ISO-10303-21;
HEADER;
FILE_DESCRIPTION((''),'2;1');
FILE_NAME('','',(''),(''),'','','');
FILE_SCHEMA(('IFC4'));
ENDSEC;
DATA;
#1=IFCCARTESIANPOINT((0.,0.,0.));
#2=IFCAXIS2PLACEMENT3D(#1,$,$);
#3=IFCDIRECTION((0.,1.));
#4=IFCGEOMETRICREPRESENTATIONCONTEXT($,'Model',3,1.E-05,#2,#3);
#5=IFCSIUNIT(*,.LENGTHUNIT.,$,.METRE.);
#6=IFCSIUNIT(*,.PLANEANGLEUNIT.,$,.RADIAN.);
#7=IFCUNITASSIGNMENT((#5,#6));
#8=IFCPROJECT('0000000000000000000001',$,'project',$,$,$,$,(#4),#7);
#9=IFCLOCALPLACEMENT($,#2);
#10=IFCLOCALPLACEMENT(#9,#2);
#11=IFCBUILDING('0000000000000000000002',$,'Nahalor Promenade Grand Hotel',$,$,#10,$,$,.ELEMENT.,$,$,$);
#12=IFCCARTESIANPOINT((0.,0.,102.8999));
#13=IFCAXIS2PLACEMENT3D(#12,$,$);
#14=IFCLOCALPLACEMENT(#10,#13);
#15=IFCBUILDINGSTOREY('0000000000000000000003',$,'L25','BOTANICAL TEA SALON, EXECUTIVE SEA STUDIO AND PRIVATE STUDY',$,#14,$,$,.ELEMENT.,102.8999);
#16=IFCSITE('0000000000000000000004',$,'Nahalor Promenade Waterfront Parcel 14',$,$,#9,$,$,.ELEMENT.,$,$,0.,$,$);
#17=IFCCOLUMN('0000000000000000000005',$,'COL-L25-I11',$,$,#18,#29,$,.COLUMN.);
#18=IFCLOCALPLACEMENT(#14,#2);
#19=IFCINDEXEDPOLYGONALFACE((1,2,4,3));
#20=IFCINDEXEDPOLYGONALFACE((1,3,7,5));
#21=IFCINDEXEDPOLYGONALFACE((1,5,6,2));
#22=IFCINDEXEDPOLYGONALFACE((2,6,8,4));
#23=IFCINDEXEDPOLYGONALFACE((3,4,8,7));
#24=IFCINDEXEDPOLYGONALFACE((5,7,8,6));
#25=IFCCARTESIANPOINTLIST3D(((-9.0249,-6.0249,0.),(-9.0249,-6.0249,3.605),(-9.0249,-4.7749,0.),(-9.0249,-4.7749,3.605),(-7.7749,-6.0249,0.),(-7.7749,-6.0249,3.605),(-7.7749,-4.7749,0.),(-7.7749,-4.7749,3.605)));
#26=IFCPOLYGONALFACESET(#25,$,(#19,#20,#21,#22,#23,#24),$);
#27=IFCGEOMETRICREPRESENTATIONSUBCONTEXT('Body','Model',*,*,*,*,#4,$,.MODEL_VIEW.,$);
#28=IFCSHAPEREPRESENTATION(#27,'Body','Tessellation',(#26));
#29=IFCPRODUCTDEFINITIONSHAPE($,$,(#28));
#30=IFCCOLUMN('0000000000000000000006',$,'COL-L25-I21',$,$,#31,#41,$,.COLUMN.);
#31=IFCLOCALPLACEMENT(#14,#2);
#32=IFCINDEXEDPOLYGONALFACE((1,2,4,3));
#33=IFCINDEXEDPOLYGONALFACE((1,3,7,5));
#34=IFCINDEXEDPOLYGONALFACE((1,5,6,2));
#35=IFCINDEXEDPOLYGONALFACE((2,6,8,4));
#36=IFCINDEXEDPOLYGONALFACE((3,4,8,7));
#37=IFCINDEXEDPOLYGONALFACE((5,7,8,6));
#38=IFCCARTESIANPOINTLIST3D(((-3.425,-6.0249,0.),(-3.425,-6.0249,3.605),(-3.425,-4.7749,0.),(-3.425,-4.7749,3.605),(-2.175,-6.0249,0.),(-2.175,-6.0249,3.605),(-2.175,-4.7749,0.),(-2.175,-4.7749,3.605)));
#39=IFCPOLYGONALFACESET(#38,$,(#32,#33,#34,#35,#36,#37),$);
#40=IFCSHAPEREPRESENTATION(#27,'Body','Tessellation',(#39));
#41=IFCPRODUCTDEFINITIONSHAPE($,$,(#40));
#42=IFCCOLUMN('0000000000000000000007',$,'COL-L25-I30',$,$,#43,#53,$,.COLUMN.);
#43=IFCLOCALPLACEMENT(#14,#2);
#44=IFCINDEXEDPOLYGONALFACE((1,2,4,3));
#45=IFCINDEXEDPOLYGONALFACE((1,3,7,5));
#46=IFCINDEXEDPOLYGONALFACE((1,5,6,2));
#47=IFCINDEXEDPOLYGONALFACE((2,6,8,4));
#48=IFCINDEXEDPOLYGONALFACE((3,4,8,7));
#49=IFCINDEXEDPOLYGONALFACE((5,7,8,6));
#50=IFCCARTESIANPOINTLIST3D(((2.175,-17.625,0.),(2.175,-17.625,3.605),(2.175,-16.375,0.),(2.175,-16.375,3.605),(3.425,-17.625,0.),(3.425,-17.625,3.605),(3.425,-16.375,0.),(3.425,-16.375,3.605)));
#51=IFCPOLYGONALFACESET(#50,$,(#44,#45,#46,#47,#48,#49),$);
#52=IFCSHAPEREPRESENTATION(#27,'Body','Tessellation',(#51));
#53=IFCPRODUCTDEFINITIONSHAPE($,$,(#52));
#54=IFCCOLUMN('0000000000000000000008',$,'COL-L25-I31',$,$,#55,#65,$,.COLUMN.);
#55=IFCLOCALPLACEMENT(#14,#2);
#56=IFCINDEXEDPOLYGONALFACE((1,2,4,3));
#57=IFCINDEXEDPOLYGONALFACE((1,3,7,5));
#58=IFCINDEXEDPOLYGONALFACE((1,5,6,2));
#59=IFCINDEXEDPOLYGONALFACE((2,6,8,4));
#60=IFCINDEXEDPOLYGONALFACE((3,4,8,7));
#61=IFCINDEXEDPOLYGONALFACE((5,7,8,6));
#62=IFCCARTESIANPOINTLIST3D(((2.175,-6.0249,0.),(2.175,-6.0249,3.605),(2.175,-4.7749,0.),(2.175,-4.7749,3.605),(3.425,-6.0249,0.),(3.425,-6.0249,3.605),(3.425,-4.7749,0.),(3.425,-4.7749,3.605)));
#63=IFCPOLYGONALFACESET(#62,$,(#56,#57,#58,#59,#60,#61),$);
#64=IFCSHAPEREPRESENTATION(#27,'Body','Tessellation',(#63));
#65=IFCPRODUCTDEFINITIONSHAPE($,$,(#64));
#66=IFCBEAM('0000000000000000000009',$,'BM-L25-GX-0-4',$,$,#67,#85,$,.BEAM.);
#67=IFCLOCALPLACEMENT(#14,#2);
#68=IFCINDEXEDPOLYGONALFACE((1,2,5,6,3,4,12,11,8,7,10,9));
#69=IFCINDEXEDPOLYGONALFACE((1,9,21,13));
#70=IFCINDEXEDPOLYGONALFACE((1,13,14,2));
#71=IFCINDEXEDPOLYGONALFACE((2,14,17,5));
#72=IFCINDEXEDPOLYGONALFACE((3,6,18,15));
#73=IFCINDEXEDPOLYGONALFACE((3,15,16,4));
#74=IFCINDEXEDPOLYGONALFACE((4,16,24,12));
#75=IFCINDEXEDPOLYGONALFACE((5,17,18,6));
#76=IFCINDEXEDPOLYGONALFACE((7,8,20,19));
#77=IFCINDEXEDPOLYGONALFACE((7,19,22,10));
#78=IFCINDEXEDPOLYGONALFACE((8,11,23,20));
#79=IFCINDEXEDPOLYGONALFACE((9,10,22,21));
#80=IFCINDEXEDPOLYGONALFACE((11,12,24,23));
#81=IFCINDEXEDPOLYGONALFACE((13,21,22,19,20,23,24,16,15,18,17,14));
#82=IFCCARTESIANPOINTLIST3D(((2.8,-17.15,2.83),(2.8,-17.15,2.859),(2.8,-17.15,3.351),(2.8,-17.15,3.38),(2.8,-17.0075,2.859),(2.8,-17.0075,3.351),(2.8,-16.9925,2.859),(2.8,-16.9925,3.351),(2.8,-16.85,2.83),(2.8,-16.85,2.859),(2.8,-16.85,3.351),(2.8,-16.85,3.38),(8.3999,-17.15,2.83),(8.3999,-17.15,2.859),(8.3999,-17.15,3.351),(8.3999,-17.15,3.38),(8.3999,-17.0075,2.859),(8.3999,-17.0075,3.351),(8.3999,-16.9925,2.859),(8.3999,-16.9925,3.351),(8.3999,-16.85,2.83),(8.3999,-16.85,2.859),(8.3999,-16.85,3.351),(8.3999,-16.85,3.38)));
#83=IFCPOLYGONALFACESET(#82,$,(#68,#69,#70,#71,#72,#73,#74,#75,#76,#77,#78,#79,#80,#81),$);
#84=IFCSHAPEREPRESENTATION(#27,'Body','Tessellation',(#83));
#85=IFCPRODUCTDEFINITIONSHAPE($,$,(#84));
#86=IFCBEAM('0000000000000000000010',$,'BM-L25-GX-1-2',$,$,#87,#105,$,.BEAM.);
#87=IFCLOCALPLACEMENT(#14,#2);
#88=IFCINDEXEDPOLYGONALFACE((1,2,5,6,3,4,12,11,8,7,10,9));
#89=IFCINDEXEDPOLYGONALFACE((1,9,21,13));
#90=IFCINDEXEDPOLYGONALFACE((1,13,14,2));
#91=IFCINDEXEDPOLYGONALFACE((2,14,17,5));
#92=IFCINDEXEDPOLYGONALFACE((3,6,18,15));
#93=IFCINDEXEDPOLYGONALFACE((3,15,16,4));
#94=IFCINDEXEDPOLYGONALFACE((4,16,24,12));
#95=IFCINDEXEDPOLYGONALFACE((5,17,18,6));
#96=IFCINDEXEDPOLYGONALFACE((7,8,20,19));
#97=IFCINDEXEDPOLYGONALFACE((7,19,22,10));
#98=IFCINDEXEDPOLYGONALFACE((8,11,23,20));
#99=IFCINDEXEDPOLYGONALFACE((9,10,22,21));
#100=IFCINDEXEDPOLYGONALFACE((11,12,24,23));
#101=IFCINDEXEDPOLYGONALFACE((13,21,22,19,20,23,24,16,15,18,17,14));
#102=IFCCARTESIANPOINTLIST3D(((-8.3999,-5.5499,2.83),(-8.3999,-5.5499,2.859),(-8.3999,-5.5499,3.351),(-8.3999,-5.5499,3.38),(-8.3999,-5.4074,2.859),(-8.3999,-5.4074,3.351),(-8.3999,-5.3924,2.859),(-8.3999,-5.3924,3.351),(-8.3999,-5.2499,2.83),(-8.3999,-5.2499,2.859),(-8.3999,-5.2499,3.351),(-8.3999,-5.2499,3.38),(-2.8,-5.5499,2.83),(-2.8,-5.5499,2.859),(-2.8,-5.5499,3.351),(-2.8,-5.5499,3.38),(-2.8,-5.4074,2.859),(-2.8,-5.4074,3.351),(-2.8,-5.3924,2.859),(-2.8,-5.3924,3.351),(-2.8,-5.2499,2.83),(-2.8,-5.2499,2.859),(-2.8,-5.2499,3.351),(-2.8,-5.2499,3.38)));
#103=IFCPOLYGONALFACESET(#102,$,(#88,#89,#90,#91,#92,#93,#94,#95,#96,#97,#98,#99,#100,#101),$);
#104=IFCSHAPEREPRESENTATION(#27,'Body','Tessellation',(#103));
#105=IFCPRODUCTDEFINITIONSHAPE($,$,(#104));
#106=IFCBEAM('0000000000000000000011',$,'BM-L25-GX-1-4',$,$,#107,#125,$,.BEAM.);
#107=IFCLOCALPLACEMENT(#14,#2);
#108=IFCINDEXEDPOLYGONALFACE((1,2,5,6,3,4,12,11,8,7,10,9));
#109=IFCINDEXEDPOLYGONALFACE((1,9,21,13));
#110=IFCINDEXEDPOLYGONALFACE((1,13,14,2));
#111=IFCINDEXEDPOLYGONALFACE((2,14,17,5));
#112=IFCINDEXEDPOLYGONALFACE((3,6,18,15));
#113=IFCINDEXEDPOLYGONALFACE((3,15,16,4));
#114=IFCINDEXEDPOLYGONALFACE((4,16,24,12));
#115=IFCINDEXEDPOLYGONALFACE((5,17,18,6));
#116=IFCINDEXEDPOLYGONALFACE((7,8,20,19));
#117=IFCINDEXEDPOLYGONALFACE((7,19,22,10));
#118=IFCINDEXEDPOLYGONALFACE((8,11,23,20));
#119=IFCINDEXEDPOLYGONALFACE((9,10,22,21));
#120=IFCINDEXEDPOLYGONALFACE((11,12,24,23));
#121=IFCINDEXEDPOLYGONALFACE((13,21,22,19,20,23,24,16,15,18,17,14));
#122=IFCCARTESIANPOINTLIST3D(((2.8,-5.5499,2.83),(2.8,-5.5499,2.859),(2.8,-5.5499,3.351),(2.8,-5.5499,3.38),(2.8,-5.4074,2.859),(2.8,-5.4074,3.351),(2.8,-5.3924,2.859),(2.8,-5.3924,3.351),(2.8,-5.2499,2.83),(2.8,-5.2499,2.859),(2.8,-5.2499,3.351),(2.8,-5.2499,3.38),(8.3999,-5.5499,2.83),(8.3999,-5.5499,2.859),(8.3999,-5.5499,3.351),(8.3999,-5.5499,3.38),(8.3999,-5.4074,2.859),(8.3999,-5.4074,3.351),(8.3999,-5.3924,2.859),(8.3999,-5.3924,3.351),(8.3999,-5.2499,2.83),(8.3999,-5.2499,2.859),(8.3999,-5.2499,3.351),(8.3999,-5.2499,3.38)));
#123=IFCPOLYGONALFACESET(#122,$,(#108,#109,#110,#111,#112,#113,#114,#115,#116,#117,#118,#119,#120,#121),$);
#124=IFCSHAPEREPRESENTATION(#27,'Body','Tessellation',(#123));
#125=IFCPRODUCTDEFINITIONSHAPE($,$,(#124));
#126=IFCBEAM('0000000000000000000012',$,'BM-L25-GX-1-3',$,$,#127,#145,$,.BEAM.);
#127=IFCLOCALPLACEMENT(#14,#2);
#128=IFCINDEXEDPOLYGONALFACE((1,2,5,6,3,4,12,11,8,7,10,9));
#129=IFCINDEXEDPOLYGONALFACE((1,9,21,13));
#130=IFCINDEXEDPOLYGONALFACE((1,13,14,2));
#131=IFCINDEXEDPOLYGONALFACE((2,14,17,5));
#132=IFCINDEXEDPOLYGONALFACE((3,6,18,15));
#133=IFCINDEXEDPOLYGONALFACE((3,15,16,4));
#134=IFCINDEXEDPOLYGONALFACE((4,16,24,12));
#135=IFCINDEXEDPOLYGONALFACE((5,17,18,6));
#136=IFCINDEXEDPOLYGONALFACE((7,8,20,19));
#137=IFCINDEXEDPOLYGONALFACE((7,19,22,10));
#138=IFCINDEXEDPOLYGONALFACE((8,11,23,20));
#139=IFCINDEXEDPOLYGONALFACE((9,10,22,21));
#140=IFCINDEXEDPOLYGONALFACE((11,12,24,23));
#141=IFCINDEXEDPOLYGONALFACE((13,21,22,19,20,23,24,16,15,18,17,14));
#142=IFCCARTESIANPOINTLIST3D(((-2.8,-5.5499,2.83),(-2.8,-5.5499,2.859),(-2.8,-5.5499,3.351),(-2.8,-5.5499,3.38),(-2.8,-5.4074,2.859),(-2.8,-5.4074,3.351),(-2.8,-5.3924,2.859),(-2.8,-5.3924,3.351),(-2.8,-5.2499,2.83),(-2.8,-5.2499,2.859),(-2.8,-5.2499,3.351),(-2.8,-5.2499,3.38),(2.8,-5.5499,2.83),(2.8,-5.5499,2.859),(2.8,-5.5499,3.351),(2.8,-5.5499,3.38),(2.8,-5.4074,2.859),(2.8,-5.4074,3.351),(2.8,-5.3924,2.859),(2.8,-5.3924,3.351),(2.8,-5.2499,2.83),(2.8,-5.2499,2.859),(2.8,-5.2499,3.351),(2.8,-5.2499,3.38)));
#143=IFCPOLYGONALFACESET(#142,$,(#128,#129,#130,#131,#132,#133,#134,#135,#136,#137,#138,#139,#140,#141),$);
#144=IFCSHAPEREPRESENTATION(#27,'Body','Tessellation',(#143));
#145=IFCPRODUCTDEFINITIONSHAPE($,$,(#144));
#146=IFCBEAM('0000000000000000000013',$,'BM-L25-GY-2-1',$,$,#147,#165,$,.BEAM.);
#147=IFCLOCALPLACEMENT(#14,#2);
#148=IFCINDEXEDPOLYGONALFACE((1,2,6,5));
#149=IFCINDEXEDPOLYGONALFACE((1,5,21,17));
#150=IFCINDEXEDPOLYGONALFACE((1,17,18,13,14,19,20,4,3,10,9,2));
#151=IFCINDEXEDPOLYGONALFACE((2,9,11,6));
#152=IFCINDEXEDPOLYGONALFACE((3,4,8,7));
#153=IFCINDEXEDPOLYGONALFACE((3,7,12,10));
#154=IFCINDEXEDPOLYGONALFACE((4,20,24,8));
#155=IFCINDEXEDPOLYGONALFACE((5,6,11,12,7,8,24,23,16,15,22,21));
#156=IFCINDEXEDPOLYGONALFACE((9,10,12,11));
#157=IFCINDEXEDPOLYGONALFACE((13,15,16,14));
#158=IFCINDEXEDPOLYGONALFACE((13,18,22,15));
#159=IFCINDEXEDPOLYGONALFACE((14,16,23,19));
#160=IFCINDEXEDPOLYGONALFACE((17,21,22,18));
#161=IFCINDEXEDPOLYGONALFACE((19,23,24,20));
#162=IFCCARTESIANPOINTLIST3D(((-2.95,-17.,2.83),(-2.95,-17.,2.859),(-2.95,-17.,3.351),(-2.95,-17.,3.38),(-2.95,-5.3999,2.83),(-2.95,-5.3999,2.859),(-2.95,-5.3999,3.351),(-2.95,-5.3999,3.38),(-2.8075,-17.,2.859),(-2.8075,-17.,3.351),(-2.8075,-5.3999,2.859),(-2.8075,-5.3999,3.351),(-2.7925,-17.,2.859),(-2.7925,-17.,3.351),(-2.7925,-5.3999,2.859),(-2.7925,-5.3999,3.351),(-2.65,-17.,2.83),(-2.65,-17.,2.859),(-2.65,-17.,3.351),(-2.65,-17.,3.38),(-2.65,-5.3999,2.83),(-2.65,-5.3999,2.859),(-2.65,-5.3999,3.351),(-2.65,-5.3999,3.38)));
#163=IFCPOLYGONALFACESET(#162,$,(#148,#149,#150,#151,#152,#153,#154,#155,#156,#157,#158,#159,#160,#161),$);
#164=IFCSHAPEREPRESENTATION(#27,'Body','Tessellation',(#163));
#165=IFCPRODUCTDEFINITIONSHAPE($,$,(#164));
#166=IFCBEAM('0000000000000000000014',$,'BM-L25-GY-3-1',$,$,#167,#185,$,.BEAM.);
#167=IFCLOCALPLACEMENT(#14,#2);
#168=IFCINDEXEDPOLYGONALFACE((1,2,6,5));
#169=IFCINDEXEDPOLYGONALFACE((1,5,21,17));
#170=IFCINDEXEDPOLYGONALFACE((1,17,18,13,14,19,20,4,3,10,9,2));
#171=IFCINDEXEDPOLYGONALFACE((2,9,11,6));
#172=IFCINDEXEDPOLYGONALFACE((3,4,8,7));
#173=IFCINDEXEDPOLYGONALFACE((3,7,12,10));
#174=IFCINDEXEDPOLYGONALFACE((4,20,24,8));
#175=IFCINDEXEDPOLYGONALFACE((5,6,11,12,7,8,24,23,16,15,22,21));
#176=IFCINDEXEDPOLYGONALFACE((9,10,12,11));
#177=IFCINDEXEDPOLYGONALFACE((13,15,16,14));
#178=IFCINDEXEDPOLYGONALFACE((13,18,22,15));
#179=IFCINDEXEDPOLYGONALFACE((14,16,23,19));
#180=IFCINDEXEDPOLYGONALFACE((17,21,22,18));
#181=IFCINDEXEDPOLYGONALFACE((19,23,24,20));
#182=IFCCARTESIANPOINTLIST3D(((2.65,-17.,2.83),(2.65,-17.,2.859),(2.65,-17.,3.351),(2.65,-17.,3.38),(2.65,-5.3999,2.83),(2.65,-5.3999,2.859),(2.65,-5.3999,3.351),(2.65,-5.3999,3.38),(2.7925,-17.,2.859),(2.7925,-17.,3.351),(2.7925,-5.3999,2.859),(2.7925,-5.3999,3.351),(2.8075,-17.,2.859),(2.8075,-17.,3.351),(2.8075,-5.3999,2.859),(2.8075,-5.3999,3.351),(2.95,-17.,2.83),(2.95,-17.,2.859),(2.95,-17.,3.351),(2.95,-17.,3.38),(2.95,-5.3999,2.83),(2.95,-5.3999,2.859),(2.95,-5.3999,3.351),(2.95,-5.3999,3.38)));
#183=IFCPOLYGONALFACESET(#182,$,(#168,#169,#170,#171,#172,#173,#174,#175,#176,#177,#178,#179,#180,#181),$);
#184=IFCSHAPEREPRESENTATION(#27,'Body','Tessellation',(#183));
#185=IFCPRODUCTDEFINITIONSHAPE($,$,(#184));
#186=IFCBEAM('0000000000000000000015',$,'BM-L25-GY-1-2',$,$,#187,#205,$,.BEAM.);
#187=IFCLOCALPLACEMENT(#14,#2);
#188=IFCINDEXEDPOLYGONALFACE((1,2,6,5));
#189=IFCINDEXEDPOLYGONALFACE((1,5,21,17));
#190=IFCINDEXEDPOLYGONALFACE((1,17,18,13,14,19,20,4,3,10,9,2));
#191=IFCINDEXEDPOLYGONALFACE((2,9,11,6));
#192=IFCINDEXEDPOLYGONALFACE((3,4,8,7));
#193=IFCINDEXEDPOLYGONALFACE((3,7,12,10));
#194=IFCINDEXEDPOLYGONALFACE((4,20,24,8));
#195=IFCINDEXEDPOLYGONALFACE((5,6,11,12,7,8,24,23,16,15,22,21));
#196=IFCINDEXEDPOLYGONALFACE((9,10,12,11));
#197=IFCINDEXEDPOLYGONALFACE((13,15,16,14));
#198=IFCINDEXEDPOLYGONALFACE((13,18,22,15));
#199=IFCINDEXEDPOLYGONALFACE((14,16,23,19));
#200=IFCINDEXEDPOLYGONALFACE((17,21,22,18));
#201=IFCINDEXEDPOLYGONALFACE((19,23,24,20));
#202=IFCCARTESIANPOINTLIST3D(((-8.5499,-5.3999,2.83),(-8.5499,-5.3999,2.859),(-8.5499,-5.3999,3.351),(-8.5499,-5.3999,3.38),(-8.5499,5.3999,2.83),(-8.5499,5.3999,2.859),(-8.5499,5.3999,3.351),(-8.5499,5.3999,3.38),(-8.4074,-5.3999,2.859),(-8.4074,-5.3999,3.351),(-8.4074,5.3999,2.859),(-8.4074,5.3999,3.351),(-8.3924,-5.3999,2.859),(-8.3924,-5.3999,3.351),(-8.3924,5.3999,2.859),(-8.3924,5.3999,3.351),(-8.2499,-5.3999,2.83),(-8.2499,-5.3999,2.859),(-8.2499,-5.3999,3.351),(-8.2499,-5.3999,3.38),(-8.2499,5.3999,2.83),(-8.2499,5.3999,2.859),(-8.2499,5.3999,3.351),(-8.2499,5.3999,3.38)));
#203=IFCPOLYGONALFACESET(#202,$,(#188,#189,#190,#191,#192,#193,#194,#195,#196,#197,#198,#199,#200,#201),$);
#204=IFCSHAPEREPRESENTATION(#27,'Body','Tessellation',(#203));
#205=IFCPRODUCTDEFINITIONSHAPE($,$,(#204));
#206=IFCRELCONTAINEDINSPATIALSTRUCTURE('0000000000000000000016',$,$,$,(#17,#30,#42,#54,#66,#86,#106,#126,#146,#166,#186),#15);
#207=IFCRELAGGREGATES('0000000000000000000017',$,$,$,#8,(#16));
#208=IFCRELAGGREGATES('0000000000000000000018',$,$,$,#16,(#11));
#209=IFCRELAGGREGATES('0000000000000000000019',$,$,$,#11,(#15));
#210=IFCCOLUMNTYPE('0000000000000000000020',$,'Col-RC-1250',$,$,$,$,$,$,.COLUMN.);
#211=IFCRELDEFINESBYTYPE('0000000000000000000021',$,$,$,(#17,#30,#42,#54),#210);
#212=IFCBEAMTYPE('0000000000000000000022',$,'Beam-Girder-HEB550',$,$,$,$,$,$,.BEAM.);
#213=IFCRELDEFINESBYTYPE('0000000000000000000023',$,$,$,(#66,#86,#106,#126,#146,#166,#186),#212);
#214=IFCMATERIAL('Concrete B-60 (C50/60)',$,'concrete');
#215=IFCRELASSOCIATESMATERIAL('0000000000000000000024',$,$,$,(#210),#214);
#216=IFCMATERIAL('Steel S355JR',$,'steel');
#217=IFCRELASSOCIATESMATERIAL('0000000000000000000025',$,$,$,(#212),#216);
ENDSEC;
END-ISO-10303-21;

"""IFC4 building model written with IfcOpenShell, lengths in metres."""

from ifc_helpers import new_model, si_unit, direction, frame, origin, origin_2d, place, context, subcontext, project, spatial, rectangle, i_section, extrude, source, transform, mapped, material, material_profile, profile_set, type_object, element, save


model = new_model("IFC4")

# Units and contexts
model_context = context("Model", 3, precision=1e-05, world=origin(), true_north=direction((0.0, 1.0)))
body_context = subcontext(model_context, "Body", "Model", "MODEL_VIEW")
ifc_project = project(units=[si_unit("LENGTHUNIT", "METRE"), si_unit("PLANEANGLEUNIT", "RADIAN")], contexts=[model_context])

# Site, building, storey
site_placement = place(None, origin())
site = spatial("IfcSite", under=ifc_project, at=site_placement, Name="Nahalor Promenade Waterfront Parcel 14", CompositionType="ELEMENT", RefElevation=0.0)
building_placement = place(site_placement, origin())
building = spatial("IfcBuilding", under=site, at=building_placement, Name="Nahalor Promenade Grand Hotel", CompositionType="ELEMENT")
storey_placement = place(building_placement, frame((0.0, 0.0, 102.8999)))
storey = spatial("IfcBuildingStorey", under=building, at=storey_placement, Name="L25", Description="BOTANICAL TEA SALON, EXECUTIVE SEA STUDIO AND PRIVATE STUDY", CompositionType="ELEMENT", Elevation=102.8999)

# Columns
ifc_material_1 = material(Name="Concrete B-60 (C50/60)", Category="concrete")
ifc_material_profile_1 = material_profile(ifc_material_1, rectangle(XDim=1.25, YDim=1.25, at=origin_2d()), Name="RC 1250x1250")
ifc_profile_set_1 = profile_set([ifc_material_profile_1], Name="Concrete B-60 (C50/60)")
column_type = type_object("IfcColumnType", Name="Col-RC-1250", PredefinedType="COLUMN", material=ifc_profile_set_1)
shared_shape_1 = source(origin(), body_context, "Body", "SweptSolid", [
    extrude(rectangle(XDim=1.25, YDim=1.25, at=origin_2d()), origin(), (0.0, 0.0, 1.0), 3.605),
])
for number, where, z_axis, x_axis, name in (
    (1, (-8.3999, -5.3999, 0.0), (0.0, 0.0, 1.0), (1.0, 0.0, 0.0), "COL-L25-I11"),
    (2, (-2.8, -5.3999, 0.0), (0.0, 0.0, 1.0), (1.0, 0.0, 0.0), "COL-L25-I21"),
    (3, (2.8, -17.0, 0.0), (0.0, 0.0, 1.0), (1.0, 0.0, 0.0), "COL-L25-I30"),
    (4, (2.8, -5.3999, 0.0), (0.0, 0.0, 1.0), (1.0, 0.0, 0.0), "COL-L25-I31"),
):
    element("IfcColumn", number, at=place(storey_placement, frame(where, z_axis=z_axis, x_axis=x_axis)), inside=storey, type_object=column_type, Name=name, PredefinedType="COLUMN", context=body_context, shape_type="MappedRepresentation", body=[
        mapped(shared_shape_1, transform((0.0, 0.0, 0.0), scale=1.0)),
    ])

# Beams
ifc_material_2 = material(Name="Steel S355JR", Category="steel")
ifc_material_profile_2 = material_profile(ifc_material_2, i_section(OverallWidth=0.3, OverallDepth=0.55, WebThickness=0.015, FlangeThickness=0.029, at=origin_2d()), Name="HEB 550")
ifc_profile_set_2 = profile_set([ifc_material_profile_2], Name="Steel S355JR")
beam_type = type_object("IfcBeamType", Name="Beam-Girder-HEB550", PredefinedType="BEAM", material=ifc_profile_set_2)
shared_shape_2 = source(origin(), body_context, "Body", "SweptSolid", [
    extrude(i_section(OverallWidth=0.3, OverallDepth=0.55, WebThickness=0.015, FlangeThickness=0.029, at=origin_2d()), origin(), (0.0, 0.0, 1.0), 5.5999),
])
for number, where, z_axis, x_axis, name in (
    (5, (2.8, -17.0, 3.105), (1.0, 0.0, 0.0), (0.0, 1.0, 0.0), "BM-L25-GX-0-4"),
    (6, (-8.3999, -5.3999, 3.105), (1.0, 0.0, 0.0), (0.0, 1.0, 0.0), "BM-L25-GX-1-2"),
    (7, (2.8, -5.3999, 3.105), (1.0, 0.0, 0.0), (0.0, 1.0, 0.0), "BM-L25-GX-1-4"),
):
    element("IfcBeam", number, at=place(storey_placement, frame(where, z_axis=z_axis, x_axis=x_axis)), inside=storey, type_object=beam_type, Name=name, PredefinedType="BEAM", context=body_context, shape_type="MappedRepresentation", body=[
        mapped(shared_shape_2, transform((0.0, 0.0, 0.0), scale=1.0)),
    ])
shared_shape_3 = source(origin(), body_context, "Body", "SweptSolid", [
    extrude(i_section(OverallWidth=0.3, OverallDepth=0.55, WebThickness=0.015, FlangeThickness=0.029, at=origin_2d()), origin(), (0.0, 0.0, 1.0), 5.6001),
])
beam_placement = place(storey_placement, frame((-2.8, -5.3999, 3.105), z_axis=(1.0, 0.0, 0.0), x_axis=(0.0, 1.0, 0.0)))
element("IfcBeam", 8, at=beam_placement, inside=storey, type_object=beam_type, Name="BM-L25-GX-1-3", PredefinedType="BEAM", context=body_context, shape_type="MappedRepresentation", body=[
    mapped(shared_shape_3, transform((0.0, 0.0, 0.0), scale=1.0)),
])
shared_shape_4 = source(origin(), body_context, "Body", "SweptSolid", [
    extrude(i_section(OverallWidth=0.3, OverallDepth=0.55, WebThickness=0.015, FlangeThickness=0.029, at=origin_2d()), origin(), (0.0, 0.0, 1.0), 11.6001),
])
for number, where, z_axis, x_axis, name in (
    (9, (-2.8, -17.0, 3.105), (0.0, 1.0, 0.0), (-1.0, 0.0, 0.0), "BM-L25-GY-2-1"),
    (10, (2.8, -17.0, 3.105), (0.0, 1.0, 0.0), (-1.0, 0.0, 0.0), "BM-L25-GY-3-1"),
):
    element("IfcBeam", number, at=place(storey_placement, frame(where, z_axis=z_axis, x_axis=x_axis)), inside=storey, type_object=beam_type, Name=name, PredefinedType="BEAM", context=body_context, shape_type="MappedRepresentation", body=[
        mapped(shared_shape_4, transform((0.0, 0.0, 0.0), scale=1.0)),
    ])
shared_shape_5 = source(origin(), body_context, "Body", "SweptSolid", [
    extrude(i_section(OverallWidth=0.3, OverallDepth=0.55, WebThickness=0.015, FlangeThickness=0.029, at=origin_2d()), origin(), (0.0, 0.0, 1.0), 10.7998),
])
for number, where, z_axis, x_axis, name in (
    (11, (-8.3999, -5.3999, 3.105), (0.0, 1.0, 0.0), (-1.0, 0.0, 0.0), "BM-L25-GY-1-2"),
):
    element("IfcBeam", number, at=place(storey_placement, frame(where, z_axis=z_axis, x_axis=x_axis)), inside=storey, type_object=beam_type, Name=name, PredefinedType="BEAM", context=body_context, shape_type="MappedRepresentation", body=[
        mapped(shared_shape_5, transform((0.0, 0.0, 0.0), scale=1.0)),
    ])

save(model, "model.ifc")
